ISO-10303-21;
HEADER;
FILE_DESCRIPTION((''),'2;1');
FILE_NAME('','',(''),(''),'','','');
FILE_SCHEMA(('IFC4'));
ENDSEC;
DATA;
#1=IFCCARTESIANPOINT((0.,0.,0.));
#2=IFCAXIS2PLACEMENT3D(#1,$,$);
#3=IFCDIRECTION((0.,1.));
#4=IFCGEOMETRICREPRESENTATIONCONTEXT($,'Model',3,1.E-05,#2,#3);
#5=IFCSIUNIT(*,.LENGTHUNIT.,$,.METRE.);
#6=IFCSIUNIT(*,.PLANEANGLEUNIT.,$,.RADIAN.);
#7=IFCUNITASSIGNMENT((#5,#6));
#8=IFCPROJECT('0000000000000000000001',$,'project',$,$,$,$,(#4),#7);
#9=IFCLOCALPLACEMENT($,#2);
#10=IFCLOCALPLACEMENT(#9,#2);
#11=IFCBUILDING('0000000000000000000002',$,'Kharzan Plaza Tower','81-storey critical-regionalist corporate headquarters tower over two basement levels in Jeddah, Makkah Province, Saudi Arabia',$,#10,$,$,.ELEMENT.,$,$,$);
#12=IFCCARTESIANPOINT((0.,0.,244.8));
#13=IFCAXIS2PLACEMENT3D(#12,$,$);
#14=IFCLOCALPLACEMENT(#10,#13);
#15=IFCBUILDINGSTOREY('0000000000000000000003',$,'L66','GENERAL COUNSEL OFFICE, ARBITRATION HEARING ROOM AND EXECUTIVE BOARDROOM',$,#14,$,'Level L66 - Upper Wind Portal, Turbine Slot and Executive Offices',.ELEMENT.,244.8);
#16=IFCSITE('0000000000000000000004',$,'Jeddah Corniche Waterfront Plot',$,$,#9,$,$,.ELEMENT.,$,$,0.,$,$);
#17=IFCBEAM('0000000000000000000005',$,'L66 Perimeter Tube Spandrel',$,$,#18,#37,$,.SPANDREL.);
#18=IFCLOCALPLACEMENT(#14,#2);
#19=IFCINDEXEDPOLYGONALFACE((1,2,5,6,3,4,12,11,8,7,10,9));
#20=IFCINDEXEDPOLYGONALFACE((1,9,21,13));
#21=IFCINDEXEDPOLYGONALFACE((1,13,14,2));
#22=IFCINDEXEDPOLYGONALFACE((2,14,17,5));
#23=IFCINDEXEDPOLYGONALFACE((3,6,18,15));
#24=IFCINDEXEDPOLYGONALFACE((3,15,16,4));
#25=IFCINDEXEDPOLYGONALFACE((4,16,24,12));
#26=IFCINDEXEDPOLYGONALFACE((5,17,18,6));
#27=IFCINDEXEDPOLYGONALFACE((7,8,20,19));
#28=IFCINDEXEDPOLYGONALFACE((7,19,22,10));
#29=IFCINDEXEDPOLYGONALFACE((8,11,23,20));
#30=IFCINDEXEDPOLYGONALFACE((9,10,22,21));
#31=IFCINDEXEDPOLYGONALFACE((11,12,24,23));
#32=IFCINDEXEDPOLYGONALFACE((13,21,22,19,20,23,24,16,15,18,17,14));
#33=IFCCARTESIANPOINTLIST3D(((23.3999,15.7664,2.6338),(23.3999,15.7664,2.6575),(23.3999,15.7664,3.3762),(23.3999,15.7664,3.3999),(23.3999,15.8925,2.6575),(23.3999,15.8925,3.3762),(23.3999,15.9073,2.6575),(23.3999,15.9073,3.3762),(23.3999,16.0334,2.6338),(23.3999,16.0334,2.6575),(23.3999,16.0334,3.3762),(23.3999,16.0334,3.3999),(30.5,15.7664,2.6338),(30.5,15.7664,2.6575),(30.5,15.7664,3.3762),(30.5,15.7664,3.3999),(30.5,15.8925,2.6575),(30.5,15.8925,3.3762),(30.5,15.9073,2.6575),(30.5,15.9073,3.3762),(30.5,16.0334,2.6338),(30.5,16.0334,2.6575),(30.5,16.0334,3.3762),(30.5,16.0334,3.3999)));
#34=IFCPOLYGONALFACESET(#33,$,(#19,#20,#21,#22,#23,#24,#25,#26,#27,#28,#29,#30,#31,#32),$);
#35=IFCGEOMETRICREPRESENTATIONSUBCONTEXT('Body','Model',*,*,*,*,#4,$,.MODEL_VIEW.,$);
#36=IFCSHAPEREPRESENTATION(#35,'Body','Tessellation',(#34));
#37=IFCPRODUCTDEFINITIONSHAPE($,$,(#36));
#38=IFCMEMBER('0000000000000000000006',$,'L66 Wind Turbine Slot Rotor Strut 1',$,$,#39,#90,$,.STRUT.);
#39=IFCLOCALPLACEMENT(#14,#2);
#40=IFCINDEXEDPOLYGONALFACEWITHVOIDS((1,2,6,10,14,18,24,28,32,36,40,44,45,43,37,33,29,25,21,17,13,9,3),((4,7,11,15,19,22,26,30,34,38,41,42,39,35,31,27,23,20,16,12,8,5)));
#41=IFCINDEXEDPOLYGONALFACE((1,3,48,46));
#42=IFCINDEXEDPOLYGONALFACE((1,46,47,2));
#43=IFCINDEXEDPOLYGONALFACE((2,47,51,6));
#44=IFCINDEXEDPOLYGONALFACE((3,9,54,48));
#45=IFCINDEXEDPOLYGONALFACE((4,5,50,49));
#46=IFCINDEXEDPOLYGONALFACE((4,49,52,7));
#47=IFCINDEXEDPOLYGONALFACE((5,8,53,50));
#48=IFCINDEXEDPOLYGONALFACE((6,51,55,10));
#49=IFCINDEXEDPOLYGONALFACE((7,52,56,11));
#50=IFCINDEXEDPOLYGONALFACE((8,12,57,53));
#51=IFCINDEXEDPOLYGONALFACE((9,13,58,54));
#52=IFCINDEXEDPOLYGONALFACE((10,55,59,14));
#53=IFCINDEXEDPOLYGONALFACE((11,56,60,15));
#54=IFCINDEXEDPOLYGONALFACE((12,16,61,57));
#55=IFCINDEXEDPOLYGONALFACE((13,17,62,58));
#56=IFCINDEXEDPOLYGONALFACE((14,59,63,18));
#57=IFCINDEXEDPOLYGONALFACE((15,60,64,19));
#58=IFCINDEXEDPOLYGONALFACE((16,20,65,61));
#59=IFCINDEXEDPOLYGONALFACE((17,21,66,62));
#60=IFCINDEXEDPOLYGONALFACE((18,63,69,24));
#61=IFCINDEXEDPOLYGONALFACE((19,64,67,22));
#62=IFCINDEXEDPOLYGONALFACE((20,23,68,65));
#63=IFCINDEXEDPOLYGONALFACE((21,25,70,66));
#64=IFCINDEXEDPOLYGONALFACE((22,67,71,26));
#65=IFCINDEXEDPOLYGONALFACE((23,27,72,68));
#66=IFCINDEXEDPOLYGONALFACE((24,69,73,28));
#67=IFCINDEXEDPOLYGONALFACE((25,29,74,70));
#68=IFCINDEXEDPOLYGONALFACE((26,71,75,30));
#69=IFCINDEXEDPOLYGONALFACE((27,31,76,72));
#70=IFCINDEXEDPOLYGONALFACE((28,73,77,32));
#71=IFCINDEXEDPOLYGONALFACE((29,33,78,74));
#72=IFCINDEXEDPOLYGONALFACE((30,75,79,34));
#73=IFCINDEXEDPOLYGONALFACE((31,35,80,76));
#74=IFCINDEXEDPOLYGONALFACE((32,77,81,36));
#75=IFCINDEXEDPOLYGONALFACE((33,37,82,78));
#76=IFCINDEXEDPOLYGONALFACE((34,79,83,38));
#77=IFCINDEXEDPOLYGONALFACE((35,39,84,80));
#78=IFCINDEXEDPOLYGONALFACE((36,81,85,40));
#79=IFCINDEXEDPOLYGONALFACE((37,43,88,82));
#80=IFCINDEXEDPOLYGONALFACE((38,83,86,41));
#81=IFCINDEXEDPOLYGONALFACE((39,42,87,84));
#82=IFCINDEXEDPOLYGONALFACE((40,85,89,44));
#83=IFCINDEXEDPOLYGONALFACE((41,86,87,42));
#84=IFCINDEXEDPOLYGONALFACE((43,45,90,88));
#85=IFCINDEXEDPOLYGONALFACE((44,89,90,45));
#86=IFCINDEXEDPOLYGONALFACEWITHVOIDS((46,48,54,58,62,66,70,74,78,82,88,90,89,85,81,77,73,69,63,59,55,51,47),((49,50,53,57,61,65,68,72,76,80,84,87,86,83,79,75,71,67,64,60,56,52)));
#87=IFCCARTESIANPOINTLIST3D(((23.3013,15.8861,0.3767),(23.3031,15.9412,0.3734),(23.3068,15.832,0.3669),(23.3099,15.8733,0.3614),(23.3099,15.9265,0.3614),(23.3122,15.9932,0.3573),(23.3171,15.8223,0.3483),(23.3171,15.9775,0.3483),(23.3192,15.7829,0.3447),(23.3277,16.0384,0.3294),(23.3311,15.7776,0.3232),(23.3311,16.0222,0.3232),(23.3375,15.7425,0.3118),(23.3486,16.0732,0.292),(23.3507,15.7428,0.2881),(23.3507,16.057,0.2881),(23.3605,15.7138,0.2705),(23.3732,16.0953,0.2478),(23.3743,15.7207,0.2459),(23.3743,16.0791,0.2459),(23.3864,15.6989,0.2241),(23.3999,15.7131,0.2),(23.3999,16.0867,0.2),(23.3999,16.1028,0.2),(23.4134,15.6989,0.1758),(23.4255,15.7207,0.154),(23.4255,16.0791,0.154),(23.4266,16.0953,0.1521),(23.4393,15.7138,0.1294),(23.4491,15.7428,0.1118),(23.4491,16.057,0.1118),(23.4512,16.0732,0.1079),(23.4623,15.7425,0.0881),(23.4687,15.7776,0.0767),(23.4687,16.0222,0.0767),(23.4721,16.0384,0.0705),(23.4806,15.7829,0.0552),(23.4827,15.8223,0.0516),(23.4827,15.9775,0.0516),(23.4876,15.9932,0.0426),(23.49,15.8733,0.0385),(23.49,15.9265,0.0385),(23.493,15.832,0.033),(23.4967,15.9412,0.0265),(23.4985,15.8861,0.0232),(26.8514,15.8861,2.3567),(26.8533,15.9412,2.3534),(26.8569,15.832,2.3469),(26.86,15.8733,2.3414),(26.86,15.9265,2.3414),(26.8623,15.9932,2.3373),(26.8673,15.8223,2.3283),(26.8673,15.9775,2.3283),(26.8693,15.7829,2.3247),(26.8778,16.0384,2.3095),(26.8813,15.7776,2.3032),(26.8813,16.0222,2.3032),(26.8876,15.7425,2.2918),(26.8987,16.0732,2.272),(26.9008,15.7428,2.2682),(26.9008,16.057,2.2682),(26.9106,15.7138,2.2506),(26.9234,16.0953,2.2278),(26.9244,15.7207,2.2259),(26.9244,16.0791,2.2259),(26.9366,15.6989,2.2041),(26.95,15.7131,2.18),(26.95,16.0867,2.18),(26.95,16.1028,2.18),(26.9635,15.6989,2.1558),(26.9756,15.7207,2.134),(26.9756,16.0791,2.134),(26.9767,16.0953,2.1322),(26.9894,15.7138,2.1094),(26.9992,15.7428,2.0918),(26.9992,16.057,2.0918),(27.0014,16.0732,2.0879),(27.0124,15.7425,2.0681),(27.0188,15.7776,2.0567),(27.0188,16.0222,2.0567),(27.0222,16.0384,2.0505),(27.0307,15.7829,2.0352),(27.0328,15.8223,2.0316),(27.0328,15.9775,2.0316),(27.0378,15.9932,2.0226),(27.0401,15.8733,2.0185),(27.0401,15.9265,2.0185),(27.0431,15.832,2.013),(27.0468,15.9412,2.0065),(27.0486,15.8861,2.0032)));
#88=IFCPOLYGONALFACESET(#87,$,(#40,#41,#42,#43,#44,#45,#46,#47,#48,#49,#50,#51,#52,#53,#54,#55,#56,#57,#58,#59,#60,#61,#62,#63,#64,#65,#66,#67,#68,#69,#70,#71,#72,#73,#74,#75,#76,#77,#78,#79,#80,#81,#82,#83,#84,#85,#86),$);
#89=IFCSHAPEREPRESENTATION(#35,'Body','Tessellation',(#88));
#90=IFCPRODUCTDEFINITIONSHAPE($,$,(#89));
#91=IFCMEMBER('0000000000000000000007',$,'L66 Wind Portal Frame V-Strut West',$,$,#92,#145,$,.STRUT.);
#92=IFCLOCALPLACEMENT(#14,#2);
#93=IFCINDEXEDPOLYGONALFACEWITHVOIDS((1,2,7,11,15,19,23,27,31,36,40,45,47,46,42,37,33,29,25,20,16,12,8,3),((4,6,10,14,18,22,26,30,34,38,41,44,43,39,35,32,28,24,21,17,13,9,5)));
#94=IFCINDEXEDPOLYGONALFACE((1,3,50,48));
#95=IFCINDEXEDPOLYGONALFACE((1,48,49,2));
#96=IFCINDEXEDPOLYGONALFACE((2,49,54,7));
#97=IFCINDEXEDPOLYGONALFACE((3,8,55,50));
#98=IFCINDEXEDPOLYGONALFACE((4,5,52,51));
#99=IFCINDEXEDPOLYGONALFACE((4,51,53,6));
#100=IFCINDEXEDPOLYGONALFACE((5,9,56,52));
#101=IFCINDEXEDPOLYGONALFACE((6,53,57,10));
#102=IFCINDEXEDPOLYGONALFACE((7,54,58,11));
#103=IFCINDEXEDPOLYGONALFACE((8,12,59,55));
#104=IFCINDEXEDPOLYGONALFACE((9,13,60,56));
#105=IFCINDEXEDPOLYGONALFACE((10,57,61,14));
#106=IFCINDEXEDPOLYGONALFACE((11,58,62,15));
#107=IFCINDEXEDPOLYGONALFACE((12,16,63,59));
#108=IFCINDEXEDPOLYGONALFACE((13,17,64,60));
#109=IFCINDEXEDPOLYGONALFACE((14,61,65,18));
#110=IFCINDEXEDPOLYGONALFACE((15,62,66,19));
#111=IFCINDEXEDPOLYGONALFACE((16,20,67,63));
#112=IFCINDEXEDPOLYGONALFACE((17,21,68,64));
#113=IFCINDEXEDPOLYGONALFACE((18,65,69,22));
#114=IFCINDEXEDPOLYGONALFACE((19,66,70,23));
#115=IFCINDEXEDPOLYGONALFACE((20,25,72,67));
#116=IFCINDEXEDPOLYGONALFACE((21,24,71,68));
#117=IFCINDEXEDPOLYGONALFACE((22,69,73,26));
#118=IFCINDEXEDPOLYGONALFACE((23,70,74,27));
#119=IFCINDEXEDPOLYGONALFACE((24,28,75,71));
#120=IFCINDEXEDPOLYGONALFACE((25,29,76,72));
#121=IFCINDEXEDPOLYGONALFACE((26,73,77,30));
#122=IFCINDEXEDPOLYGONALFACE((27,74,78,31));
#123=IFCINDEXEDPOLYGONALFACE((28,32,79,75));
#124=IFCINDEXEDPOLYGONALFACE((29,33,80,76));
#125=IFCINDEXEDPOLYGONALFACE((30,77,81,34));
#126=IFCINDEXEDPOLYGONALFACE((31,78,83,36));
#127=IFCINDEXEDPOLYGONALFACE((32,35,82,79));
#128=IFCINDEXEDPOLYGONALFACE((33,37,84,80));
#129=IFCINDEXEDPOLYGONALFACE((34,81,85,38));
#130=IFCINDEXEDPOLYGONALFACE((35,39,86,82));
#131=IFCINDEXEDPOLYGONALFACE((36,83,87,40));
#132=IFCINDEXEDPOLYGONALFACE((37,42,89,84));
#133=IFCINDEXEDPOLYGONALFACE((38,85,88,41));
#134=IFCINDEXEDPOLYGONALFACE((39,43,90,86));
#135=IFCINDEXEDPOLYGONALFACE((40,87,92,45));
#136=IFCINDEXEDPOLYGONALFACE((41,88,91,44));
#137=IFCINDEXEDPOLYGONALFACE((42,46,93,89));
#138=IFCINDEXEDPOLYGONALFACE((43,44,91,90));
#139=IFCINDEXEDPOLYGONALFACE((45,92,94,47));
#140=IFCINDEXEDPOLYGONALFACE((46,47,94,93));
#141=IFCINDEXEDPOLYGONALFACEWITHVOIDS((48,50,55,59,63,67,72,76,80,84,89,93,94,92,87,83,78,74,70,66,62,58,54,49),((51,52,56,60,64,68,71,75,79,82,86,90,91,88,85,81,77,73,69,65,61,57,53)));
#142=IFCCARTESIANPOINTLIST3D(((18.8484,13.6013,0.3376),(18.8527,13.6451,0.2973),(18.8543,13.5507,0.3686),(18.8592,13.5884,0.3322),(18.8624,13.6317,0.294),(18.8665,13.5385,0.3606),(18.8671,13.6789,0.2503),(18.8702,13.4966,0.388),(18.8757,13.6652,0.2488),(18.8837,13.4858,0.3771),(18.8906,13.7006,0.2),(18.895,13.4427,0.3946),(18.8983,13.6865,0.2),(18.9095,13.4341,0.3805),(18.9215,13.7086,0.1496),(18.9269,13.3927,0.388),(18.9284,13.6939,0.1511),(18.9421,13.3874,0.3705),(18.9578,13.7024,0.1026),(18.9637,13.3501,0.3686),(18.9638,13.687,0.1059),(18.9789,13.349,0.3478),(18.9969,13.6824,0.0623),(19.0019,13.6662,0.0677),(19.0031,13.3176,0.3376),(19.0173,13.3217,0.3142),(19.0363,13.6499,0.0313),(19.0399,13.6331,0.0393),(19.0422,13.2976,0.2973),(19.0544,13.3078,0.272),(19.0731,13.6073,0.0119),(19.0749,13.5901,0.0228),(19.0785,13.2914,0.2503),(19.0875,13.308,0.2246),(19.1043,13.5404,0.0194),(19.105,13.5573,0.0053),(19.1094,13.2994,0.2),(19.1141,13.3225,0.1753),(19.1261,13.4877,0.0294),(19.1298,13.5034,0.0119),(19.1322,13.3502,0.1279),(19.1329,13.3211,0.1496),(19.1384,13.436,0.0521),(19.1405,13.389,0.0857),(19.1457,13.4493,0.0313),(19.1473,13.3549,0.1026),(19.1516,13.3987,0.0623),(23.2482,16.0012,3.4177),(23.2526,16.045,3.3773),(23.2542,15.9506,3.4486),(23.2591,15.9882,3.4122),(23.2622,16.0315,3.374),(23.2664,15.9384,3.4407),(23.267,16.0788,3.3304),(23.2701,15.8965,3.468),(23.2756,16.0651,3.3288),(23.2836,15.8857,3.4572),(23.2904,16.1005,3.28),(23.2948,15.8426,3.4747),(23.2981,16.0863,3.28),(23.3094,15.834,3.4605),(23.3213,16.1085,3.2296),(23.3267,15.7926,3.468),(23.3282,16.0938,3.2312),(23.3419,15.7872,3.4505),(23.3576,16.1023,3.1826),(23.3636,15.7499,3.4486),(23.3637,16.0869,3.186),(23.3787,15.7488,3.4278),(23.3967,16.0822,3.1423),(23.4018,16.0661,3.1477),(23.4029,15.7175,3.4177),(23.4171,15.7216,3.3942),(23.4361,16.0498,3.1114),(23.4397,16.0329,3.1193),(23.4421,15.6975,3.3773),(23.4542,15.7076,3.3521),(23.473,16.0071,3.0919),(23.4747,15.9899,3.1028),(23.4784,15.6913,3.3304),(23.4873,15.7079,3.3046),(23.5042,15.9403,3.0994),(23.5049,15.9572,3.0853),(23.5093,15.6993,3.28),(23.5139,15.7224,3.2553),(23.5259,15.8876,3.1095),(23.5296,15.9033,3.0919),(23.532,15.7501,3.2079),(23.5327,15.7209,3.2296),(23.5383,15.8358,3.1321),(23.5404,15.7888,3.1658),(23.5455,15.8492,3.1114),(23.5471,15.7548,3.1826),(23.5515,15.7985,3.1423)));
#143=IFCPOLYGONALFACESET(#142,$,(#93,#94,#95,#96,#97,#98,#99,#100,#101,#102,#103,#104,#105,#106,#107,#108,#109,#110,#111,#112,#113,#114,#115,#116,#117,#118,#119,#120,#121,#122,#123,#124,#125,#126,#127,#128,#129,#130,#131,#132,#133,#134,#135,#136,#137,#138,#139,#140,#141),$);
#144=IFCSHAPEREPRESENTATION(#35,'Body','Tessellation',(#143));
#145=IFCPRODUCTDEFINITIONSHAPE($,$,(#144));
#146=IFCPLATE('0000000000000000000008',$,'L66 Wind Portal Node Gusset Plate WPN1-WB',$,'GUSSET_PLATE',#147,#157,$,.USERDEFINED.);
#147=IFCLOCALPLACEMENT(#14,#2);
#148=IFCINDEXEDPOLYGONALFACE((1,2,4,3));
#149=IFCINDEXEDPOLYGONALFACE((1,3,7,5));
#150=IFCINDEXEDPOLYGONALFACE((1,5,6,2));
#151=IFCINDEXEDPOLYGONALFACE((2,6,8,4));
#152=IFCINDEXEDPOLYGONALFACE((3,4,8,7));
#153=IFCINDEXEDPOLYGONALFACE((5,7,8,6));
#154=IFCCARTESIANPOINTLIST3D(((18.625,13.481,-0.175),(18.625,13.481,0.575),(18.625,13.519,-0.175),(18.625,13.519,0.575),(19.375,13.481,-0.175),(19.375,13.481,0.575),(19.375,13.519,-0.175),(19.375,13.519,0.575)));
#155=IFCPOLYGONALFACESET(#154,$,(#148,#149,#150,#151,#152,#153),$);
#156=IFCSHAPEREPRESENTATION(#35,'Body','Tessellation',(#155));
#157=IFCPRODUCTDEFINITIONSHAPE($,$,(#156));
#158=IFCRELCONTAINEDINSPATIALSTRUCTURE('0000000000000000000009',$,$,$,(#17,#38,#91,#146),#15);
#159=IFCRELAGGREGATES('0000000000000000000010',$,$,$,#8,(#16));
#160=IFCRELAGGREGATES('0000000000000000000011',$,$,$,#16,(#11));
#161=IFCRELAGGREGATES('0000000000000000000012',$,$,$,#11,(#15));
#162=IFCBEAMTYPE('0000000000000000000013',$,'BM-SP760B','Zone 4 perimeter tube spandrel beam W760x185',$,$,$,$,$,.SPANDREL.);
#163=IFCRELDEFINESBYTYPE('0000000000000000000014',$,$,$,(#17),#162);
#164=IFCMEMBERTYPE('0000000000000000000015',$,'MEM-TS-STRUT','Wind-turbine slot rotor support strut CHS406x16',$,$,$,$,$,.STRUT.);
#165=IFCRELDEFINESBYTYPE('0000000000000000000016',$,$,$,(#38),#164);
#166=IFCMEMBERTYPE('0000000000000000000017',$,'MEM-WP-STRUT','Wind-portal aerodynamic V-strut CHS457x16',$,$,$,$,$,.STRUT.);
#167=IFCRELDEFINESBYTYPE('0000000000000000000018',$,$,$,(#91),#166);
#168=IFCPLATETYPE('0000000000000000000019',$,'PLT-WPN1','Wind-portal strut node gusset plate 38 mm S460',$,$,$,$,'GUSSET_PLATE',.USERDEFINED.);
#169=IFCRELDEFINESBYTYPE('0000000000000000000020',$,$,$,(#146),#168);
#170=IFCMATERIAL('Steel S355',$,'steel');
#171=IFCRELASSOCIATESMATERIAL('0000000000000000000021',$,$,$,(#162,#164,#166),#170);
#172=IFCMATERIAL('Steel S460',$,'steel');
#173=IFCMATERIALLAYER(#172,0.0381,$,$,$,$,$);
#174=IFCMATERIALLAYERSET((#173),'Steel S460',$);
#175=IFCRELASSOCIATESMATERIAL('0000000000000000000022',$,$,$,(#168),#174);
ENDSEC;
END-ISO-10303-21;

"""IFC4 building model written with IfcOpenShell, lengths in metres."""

from ifc_helpers import new_model, si_unit, direction, frame, origin, origin_2d, place, context, subcontext, project, spatial, rectangle, hollow_circle, i_section, extrude, source, transform, mapped, material, layer, layer_set, material_profile, profile_set, type_object, element, save


model = new_model("IFC4")

# Units and contexts
model_context = context("Model", 3, precision=1e-05, world=origin(), true_north=direction((0.0, 1.0)))
body_context = subcontext(model_context, "Body", "Model", "MODEL_VIEW")
ifc_project = project(units=[si_unit("LENGTHUNIT", "METRE"), si_unit("PLANEANGLEUNIT", "RADIAN")], contexts=[model_context])

# Site, building, storey
site_placement = place(None, origin())
site = spatial("IfcSite", under=ifc_project, at=site_placement, Name="Jeddah Corniche Waterfront Plot", CompositionType="ELEMENT", RefElevation=0.0)
building_placement = place(site_placement, origin())
building = spatial("IfcBuilding", under=site, at=building_placement, Name="Kharzan Plaza Tower", Description="81-storey critical-regionalist corporate headquarters tower over two basement levels in Jeddah, Makkah Province, Saudi Arabia", CompositionType="ELEMENT")
storey_placement = place(building_placement, frame((0.0, 0.0, 244.8)))
storey = spatial("IfcBuildingStorey", under=building, at=storey_placement, Name="L66", Description="GENERAL COUNSEL OFFICE, ARBITRATION HEARING ROOM AND EXECUTIVE BOARDROOM", LongName="Level L66 - Upper Wind Portal, Turbine Slot and Executive Offices", CompositionType="ELEMENT", Elevation=244.8)

# Shared definitions
ifc_material_1 = material(Name="Steel S355", Category="steel")

# Beam
ifc_material_profile_1 = material_profile(ifc_material_1, i_section(OverallWidth=0.2671, OverallDepth=0.7661, WebThickness=0.0149, FlangeThickness=0.0237, at=origin_2d()), Name="W760x185")
ifc_profile_set_1 = profile_set([ifc_material_profile_1], Name="Steel S355")
beam_type_1 = type_object("IfcBeamType", Name="BM-SP760B", Description="Zone 4 perimeter tube spandrel beam W760x185", PredefinedType="SPANDREL", material=ifc_profile_set_1)
shared_shape_1 = source(origin(), body_context, "Body", "SweptSolid", [
    extrude(i_section(OverallWidth=0.2671, OverallDepth=0.7661, WebThickness=0.0149, FlangeThickness=0.0237, at=origin_2d()), origin(), (0.0, 0.0, 1.0), 7.1001),
])
beam_1_placement = place(storey_placement, frame((23.3999, 15.8999, 3.0168), z_axis=(1.0, 0.0, 0.0), x_axis=(0.0, 1.0, 0.0)))
element("IfcBeam", 1, at=beam_1_placement, inside=storey, type_object=beam_type_1, Name="L66 Perimeter Tube Spandrel", PredefinedType="SPANDREL", context=body_context, shape_type="MappedRepresentation", body=[
    mapped(shared_shape_1, transform((0.0, 0.0, 0.0), x_axis=(1.0, 0.0, 0.0), y_axis=(0.0, 1.0, 0.0), z_axis=(0.0, 0.0, 1.0))),
])

# Members
ifc_material_profile_2 = material_profile(ifc_material_1, hollow_circle(Radius=0.2029, WallThickness=0.0161, at=origin_2d()), Name="CHS406x16")
ifc_profile_set_2 = profile_set([ifc_material_profile_2], Name="Steel S355")
member_type_1 = type_object("IfcMemberType", Name="MEM-TS-STRUT", Description="Wind-turbine slot rotor support strut CHS406x16", PredefinedType="STRUT", material=ifc_profile_set_2)
shared_shape_2 = source(origin(), body_context, "Body", "SweptSolid", [
    extrude(hollow_circle(Radius=0.2029, WallThickness=0.0161, at=origin_2d()), origin(), (0.0, 0.0, 1.0), 4.0649),
])
member_1_placement = place(storey_placement, frame((23.3999, 15.8999, 0.2), z_axis=(0.873349, 0.0, 0.487096), x_axis=(0.0, 1.0, 0.0)))
element("IfcMember", 2, at=member_1_placement, inside=storey, type_object=member_type_1, Name="L66 Wind Turbine Slot Rotor Strut 1", PredefinedType="STRUT", context=body_context, shape_type="MappedRepresentation", body=[
    mapped(shared_shape_2, transform((0.0, 0.0, 0.0), x_axis=(1.0, 0.0, 0.0), y_axis=(0.0, 1.0, 0.0), z_axis=(0.0, 0.0, 1.0))),
])
ifc_material_profile_3 = material_profile(ifc_material_1, hollow_circle(Radius=0.2285, WallThickness=0.0161, at=origin_2d()), Name="CHS457x16")
ifc_profile_set_3 = profile_set([ifc_material_profile_3], Name="Steel S355")
member_type_2 = type_object("IfcMemberType", Name="MEM-WP-STRUT", Description="Wind-portal aerodynamic V-strut CHS457x16", PredefinedType="STRUT", material=ifc_profile_set_3)
shared_shape_3 = source(origin(), body_context, "Body", "SweptSolid", [
    extrude(hollow_circle(Radius=0.2285, WallThickness=0.0161, at=origin_2d()), origin(), (0.0, 0.0, 1.0), 5.8826),
])
member_2_placement = place(storey_placement, frame((19.0, 13.5, 0.2), z_axis=(0.747946, 0.407963, 0.523587), x_axis=(-0.478845, 0.877899, 0.0)))
element("IfcMember", 3, at=member_2_placement, inside=storey, type_object=member_type_2, Name="L66 Wind Portal Frame V-Strut West", PredefinedType="STRUT", context=body_context, shape_type="MappedRepresentation", body=[
    mapped(shared_shape_3, transform((0.0, 0.0, 0.0), x_axis=(1.0, 0.0, 0.0), y_axis=(0.0, 1.0, 0.0), z_axis=(0.0, 0.0, 1.0))),
])

# Plate
ifc_material_2 = material(Name="Steel S460", Category="steel")
ifc_layer_1 = layer(ifc_material_2, 0.0381)
ifc_layer_set_1 = layer_set([ifc_layer_1], Name="Steel S460")
plate_type = type_object("IfcPlateType", Name="PLT-WPN1", Description="Wind-portal strut node gusset plate 38 mm S460", ElementType="GUSSET_PLATE", PredefinedType="USERDEFINED", material=ifc_layer_set_1)
shared_shape_4 = source(origin(), body_context, "Body", "SweptSolid", [
    extrude(rectangle(XDim=0.75, YDim=0.0381, at=origin_2d()), origin(), (0.0, 0.0, 1.0), 0.75),
])
plate_placement = place(storey_placement, frame((19.0, 13.5, -0.175), z_axis=(0.0, 0.0, 1.0), x_axis=(1.0, 0.0, 0.0)))
element("IfcPlate", 4, at=plate_placement, inside=storey, type_object=plate_type, Name="L66 Wind Portal Node Gusset Plate WPN1-WB", ObjectType="GUSSET_PLATE", PredefinedType="USERDEFINED", context=body_context, shape_type="MappedRepresentation", body=[
    mapped(shared_shape_4, transform((0.0, 0.0, 0.0), x_axis=(1.0, 0.0, 0.0), y_axis=(0.0, 1.0, 0.0), z_axis=(0.0, 0.0, 1.0))),
])

save(model, "model.ifc")
